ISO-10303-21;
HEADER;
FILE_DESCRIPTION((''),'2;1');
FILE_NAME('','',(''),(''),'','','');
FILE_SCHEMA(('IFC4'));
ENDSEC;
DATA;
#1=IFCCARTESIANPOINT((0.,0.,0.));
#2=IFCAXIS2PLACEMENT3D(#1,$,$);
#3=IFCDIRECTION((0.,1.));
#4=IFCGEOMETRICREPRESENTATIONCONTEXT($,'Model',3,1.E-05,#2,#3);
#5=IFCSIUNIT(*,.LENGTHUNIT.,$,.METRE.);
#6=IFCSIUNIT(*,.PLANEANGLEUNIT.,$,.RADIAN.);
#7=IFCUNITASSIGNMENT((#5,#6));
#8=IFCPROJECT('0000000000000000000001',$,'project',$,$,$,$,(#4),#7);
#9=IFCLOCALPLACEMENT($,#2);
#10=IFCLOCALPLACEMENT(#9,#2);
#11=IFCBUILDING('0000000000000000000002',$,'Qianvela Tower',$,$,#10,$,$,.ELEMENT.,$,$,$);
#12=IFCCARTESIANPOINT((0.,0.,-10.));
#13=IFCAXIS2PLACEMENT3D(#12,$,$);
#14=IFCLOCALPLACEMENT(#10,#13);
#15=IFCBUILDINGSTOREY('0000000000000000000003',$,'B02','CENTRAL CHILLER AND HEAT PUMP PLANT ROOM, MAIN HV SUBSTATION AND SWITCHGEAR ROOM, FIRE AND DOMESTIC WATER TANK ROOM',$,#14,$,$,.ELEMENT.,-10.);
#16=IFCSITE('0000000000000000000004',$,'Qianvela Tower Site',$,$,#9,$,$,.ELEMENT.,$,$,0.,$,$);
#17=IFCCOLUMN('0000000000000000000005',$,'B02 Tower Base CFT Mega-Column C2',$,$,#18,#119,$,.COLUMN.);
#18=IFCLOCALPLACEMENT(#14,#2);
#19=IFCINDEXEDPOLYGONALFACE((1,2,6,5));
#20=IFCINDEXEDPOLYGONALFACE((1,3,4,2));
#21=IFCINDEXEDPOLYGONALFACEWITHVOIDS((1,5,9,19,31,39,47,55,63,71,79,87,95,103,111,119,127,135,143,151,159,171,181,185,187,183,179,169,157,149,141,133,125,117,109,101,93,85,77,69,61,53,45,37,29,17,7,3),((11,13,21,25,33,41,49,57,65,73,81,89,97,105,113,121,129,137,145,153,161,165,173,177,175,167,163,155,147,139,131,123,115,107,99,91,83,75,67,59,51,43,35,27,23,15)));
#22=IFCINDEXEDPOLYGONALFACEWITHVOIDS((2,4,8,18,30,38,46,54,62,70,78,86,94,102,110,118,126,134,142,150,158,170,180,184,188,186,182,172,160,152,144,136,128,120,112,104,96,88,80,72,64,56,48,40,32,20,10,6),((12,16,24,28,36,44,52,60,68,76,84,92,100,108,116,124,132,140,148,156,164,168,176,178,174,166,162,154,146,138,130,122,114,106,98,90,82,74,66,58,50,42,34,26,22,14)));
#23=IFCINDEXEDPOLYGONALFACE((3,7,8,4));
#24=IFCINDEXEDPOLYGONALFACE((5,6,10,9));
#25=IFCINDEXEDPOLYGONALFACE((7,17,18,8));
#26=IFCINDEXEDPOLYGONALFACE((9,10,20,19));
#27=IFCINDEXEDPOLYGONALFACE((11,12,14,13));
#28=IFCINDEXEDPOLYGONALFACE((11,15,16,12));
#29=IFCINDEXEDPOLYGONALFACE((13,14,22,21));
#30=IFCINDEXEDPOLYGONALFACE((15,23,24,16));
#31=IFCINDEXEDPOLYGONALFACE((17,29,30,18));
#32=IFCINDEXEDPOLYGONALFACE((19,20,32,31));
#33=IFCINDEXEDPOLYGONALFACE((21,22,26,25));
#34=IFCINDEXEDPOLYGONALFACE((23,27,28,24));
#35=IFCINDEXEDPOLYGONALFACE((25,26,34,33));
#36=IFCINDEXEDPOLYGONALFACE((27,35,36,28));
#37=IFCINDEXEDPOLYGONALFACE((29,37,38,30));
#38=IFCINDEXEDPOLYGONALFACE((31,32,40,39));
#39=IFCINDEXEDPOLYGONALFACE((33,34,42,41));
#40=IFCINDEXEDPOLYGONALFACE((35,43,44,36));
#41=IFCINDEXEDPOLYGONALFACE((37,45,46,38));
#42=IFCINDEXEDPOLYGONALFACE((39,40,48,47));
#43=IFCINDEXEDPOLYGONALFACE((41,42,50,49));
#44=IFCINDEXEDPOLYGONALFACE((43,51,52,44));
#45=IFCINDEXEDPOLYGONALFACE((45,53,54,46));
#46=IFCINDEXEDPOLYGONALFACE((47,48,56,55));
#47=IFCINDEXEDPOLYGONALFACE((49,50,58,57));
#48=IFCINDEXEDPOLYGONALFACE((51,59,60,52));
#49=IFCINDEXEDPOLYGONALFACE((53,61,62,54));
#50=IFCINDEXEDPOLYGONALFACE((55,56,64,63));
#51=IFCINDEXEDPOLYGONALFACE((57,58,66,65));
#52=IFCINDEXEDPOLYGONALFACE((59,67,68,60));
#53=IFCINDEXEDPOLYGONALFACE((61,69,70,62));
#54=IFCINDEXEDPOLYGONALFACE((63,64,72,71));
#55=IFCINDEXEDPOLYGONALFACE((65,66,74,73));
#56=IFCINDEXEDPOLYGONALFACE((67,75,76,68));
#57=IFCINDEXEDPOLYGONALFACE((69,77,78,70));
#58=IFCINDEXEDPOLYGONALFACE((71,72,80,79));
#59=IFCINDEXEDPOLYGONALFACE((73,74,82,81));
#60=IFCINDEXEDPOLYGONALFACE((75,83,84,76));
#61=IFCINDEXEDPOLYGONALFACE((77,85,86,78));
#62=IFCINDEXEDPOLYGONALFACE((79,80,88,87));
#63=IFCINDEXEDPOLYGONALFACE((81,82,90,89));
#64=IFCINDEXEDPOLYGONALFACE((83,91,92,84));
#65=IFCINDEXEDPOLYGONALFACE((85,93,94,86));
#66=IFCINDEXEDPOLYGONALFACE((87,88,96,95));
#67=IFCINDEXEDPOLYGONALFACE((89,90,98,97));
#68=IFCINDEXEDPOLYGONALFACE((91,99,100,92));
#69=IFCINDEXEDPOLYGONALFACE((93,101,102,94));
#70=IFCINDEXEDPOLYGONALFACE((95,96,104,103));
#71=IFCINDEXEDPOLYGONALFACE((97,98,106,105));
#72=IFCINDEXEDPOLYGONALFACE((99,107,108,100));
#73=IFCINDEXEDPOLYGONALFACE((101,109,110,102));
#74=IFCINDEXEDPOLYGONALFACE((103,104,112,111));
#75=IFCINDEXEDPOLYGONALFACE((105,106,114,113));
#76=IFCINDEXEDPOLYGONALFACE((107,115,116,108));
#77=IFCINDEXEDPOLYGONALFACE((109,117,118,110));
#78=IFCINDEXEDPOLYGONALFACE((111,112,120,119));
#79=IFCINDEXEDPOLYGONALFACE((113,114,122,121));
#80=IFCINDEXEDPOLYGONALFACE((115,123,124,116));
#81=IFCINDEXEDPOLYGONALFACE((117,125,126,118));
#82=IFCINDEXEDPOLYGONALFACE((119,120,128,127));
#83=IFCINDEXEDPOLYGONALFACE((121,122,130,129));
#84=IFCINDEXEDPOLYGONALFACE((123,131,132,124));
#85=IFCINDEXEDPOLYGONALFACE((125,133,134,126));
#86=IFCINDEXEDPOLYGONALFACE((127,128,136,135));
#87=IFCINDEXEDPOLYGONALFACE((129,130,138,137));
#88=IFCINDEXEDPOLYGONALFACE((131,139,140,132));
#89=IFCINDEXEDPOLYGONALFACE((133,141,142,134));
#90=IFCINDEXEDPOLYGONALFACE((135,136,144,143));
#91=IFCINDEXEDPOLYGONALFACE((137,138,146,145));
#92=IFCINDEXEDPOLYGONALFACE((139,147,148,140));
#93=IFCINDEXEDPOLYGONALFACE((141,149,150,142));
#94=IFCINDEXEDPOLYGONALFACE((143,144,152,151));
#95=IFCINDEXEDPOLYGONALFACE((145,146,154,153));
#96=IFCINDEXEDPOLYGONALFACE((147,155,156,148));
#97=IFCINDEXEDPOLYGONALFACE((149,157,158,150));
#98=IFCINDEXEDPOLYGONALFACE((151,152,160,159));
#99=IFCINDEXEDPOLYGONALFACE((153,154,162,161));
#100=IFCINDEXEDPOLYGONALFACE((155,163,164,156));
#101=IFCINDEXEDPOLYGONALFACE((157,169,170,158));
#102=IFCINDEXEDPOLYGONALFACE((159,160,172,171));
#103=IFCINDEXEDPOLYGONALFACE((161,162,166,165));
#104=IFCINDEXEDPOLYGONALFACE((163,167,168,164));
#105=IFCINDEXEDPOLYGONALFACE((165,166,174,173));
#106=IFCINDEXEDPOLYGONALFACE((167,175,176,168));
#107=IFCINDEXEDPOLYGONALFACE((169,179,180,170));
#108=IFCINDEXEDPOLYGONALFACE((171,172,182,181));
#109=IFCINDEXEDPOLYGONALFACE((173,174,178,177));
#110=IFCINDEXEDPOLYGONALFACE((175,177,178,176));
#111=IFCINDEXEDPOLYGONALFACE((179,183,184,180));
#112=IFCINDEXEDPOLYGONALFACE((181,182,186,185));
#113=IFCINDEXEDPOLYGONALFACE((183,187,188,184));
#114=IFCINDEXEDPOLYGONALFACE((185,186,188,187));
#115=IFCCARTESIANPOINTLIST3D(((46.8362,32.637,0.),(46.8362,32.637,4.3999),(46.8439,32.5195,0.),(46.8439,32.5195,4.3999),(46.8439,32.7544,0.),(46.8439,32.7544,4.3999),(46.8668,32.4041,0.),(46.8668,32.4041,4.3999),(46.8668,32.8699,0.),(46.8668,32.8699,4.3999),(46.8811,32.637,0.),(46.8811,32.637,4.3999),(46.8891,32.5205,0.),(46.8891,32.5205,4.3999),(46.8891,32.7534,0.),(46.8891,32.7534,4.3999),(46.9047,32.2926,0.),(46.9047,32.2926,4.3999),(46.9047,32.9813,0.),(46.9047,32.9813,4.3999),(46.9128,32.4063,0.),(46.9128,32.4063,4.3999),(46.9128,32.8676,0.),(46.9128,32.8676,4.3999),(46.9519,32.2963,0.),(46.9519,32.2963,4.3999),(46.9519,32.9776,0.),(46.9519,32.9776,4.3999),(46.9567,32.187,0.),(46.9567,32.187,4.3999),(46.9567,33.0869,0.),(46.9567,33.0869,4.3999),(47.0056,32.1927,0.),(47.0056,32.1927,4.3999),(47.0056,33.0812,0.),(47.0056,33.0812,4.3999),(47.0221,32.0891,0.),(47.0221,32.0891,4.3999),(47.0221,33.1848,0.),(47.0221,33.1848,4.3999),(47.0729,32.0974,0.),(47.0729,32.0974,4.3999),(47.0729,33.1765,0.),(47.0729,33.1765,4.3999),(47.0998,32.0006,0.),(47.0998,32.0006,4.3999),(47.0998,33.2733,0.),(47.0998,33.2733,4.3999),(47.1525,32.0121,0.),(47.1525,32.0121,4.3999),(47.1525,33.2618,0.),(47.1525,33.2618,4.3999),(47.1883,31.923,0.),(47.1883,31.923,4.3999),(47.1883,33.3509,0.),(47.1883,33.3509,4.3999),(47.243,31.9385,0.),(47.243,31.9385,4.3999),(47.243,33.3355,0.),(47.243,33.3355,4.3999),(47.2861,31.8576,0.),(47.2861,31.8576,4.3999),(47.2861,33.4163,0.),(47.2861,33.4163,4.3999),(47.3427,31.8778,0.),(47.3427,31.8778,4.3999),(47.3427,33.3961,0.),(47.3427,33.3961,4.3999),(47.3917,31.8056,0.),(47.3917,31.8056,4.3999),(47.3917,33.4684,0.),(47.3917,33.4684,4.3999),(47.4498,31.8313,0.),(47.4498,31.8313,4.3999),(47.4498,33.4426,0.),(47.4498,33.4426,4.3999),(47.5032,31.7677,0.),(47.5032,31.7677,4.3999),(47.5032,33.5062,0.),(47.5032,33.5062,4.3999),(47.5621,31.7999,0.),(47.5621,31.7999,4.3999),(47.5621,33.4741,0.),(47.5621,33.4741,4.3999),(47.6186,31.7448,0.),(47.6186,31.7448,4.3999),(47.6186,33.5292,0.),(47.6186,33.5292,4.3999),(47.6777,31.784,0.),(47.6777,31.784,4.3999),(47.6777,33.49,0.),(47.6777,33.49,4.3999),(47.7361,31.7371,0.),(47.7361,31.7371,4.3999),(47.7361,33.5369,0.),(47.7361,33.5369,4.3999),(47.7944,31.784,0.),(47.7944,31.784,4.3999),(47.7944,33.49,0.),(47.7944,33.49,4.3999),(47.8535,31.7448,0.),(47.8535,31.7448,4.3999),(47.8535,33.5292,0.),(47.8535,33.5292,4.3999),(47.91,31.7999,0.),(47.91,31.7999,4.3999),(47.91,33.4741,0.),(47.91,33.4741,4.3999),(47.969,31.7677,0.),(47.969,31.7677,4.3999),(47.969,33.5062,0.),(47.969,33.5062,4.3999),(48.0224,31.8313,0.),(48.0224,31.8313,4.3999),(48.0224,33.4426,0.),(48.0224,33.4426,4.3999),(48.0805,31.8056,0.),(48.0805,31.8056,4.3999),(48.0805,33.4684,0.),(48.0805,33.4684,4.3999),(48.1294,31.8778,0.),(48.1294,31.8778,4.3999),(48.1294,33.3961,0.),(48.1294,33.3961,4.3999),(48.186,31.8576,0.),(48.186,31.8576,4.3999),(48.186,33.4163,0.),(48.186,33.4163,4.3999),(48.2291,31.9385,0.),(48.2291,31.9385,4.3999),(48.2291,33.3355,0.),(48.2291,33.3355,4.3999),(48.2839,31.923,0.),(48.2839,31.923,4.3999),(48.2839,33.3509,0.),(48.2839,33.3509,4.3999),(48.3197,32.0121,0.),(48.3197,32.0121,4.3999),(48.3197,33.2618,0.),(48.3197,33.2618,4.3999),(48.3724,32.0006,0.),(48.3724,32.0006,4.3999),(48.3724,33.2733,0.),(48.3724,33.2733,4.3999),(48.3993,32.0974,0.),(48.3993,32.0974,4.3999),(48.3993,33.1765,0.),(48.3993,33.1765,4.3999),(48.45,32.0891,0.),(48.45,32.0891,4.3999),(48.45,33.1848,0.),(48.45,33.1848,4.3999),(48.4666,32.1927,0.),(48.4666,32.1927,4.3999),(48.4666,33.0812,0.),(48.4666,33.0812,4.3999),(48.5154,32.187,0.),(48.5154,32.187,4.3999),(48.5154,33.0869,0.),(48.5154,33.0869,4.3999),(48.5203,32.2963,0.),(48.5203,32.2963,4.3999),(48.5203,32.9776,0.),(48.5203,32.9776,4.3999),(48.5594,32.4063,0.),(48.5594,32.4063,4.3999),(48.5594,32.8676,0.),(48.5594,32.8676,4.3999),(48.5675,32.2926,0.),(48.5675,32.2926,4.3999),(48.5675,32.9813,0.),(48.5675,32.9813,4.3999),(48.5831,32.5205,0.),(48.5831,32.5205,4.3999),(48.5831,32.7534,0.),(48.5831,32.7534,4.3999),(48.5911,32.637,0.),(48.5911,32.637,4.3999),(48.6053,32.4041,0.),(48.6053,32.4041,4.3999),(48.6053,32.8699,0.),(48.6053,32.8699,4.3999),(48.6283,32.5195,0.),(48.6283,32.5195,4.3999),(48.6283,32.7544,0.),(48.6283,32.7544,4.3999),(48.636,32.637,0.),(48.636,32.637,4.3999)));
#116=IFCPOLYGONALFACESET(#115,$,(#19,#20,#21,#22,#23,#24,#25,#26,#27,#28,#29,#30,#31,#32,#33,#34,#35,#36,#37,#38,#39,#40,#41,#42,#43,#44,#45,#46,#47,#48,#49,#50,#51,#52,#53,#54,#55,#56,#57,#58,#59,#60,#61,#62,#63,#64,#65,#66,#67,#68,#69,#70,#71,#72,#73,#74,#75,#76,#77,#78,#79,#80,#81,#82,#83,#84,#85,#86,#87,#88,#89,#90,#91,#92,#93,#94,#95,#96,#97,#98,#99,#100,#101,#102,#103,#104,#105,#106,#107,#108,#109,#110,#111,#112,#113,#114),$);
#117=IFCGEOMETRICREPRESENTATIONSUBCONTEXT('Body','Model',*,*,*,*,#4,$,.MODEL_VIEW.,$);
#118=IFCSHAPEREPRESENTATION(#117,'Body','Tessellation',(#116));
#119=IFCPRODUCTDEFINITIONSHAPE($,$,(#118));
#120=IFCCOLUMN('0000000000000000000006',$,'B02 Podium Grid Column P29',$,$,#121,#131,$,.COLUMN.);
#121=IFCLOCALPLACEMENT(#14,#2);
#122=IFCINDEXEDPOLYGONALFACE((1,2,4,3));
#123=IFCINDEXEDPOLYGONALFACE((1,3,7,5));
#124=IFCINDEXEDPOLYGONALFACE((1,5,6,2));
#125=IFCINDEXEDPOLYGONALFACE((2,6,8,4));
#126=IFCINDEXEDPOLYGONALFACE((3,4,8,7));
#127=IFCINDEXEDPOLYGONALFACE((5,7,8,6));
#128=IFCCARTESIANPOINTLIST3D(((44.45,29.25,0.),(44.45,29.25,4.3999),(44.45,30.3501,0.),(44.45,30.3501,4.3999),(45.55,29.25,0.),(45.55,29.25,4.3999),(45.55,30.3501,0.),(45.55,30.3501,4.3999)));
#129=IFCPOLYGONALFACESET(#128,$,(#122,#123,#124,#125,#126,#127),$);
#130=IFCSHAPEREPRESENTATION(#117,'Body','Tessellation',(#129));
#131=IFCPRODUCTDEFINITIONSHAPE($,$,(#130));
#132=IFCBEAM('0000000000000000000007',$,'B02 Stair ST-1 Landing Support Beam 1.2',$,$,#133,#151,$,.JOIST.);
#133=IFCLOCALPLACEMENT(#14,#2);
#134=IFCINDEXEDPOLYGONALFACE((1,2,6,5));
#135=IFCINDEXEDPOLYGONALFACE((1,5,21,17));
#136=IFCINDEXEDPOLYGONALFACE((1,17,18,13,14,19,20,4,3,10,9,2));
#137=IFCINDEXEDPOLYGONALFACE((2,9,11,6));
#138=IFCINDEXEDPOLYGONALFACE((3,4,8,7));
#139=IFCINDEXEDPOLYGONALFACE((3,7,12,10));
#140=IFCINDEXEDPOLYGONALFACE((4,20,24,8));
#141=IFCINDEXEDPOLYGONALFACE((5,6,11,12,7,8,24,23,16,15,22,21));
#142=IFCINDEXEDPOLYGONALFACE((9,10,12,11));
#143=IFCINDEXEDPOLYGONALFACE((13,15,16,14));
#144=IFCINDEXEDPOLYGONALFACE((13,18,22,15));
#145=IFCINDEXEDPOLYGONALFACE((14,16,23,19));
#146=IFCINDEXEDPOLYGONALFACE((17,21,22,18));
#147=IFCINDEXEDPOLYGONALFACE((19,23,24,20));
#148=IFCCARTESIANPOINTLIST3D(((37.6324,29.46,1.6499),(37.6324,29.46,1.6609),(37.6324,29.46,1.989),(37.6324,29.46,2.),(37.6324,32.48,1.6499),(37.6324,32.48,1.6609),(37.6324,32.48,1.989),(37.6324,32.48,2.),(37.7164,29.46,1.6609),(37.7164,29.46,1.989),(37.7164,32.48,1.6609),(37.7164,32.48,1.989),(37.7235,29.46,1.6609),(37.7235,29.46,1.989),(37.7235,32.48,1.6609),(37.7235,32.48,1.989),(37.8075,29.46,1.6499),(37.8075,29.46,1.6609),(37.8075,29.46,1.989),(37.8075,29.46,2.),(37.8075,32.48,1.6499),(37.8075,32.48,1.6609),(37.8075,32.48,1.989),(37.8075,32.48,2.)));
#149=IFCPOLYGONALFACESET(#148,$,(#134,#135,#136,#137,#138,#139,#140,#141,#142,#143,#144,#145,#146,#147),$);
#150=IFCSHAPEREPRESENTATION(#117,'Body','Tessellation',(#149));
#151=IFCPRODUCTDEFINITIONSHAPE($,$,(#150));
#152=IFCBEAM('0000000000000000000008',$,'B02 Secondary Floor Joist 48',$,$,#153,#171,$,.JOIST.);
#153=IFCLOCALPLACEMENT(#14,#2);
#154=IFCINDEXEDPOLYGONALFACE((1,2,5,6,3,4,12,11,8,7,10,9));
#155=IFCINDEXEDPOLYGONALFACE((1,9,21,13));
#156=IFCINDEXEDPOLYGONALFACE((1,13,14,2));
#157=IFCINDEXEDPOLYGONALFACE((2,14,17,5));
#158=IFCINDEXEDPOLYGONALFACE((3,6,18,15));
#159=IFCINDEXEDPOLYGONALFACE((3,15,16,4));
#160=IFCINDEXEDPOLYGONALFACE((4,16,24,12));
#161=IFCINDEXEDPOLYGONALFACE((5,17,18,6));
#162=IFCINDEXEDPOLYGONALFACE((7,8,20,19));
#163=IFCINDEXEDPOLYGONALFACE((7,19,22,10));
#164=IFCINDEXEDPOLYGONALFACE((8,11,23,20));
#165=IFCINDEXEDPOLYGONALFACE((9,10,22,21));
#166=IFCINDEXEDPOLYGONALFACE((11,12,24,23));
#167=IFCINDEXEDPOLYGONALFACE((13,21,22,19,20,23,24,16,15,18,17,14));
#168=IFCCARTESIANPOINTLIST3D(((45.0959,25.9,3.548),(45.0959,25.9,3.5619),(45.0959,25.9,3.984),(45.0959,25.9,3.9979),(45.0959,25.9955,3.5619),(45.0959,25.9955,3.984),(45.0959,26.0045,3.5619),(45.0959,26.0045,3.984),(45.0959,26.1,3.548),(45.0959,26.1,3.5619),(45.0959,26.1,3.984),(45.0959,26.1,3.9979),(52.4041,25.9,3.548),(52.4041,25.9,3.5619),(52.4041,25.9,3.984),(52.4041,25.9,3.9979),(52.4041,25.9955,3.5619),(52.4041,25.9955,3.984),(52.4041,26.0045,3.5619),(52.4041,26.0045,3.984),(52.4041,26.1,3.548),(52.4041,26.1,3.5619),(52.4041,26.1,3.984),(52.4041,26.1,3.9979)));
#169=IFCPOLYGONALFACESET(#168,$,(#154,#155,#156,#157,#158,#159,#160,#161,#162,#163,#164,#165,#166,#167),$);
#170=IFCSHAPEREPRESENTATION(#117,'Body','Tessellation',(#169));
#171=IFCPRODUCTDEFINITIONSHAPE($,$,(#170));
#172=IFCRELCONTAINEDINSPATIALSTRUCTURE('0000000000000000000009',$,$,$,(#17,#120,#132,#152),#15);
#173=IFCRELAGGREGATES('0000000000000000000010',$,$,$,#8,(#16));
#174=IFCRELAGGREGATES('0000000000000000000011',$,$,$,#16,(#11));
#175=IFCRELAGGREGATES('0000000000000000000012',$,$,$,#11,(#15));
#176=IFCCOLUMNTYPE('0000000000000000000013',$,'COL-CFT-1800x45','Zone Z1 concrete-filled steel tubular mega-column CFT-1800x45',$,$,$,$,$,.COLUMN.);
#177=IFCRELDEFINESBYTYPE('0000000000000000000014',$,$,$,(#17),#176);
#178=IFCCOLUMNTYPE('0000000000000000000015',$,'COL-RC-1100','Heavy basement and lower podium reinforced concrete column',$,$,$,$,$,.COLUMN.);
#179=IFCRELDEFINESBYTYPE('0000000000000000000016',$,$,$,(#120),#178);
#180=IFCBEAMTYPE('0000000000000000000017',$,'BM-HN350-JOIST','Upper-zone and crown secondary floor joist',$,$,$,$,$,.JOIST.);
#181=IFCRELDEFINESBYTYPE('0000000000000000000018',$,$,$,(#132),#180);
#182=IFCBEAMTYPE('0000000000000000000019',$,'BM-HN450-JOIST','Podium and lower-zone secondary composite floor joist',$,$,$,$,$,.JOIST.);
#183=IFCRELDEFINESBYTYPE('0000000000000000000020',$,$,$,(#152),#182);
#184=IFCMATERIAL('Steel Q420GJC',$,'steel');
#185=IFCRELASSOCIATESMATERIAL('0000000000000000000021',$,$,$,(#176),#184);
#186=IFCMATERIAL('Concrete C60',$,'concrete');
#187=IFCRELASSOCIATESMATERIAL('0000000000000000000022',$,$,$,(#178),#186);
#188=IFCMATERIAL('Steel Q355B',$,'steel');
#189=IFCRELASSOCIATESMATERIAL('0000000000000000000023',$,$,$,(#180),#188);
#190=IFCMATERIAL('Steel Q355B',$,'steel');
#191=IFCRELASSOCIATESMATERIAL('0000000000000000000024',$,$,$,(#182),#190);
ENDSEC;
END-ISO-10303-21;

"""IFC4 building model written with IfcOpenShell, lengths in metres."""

from ifc_helpers import new_model, si_unit, direction, frame, origin, origin_2d, place, context, subcontext, project, spatial, rectangle, hollow_circle, i_section, extrude, material, material_profile, profile_set, type_object, element, save


model = new_model("IFC4")

# Units and contexts
model_context = context("Model", 3, precision=1e-05, world=origin(), true_north=direction((0.0, 1.0)))
body_context = subcontext(model_context, "Body", "Model", "MODEL_VIEW")
ifc_project = project(units=[si_unit("LENGTHUNIT", "METRE"), si_unit("PLANEANGLEUNIT", "RADIAN")], contexts=[model_context])

# Site, building, storey
site_placement = place(None, origin())
site = spatial("IfcSite", under=ifc_project, at=site_placement, Name="Qianvela Tower Site", CompositionType="ELEMENT", RefElevation=0.0)
building_placement = place(site_placement, origin())
building = spatial("IfcBuilding", under=site, at=building_placement, Name="Qianvela Tower", CompositionType="ELEMENT")
storey_placement = place(building_placement, frame((0.0, 0.0, -10.0)))
storey = spatial("IfcBuildingStorey", under=building, at=storey_placement, Name="B02", Description="CENTRAL CHILLER AND HEAT PUMP PLANT ROOM, MAIN HV SUBSTATION AND SWITCHGEAR ROOM, FIRE AND DOMESTIC WATER TANK ROOM", CompositionType="ELEMENT", Elevation=-10.0)

# Columns
ifc_material_1 = material(Name="Steel Q420GJC", Category="steel")
ifc_material_profile_1 = material_profile(ifc_material_1, hollow_circle(Radius=0.8999, WallThickness=0.0449, at=origin_2d()), Name="CFT-1800x45")
ifc_profile_set_1 = profile_set([ifc_material_profile_1], Name="Steel Q420GJC")
column_type_1 = type_object("IfcColumnType", Name="COL-CFT-1800x45", Description="Zone Z1 concrete-filled steel tubular mega-column CFT-1800x45", PredefinedType="COLUMN", material=ifc_profile_set_1)
column_1_placement = place(storey_placement, frame((47.7361, 32.637, 0.0), z_axis=(0.0, 0.0, 1.0), x_axis=(1.0, 0.0, 0.0)))
element("IfcColumn", 1, at=column_1_placement, inside=storey, type_object=column_type_1, Name="B02 Tower Base CFT Mega-Column C2", PredefinedType="COLUMN", context=body_context, shape_type="SweptSolid", body=[
    extrude(hollow_circle(Radius=0.8999, WallThickness=0.0449, at=origin_2d()), origin(), (0.0, 0.0, 1.0), 4.3999),
])
ifc_material_2 = material(Name="Concrete C60", Category="concrete")
ifc_material_profile_2 = material_profile(ifc_material_2, rectangle(XDim=1.1001, YDim=1.1001, at=origin_2d()), Name="RC-COL-1100x1100")
ifc_profile_set_2 = profile_set([ifc_material_profile_2], Name="Concrete C60")
column_type_2 = type_object("IfcColumnType", Name="COL-RC-1100", Description="Heavy basement and lower podium reinforced concrete column", PredefinedType="COLUMN", material=ifc_profile_set_2)
column_2_placement = place(storey_placement, frame((45.0, 29.8, 0.0), z_axis=(0.0, 0.0, 1.0), x_axis=(1.0, 0.0, 0.0)))
element("IfcColumn", 2, at=column_2_placement, inside=storey, type_object=column_type_2, Name="B02 Podium Grid Column P29", PredefinedType="COLUMN", context=body_context, shape_type="SweptSolid", body=[
    extrude(rectangle(XDim=1.1001, YDim=1.1001, at=origin_2d()), origin(), (0.0, 0.0, 1.0), 4.3999),
])

# Beams
ifc_material_3 = material(Name="Steel Q355B", Category="steel")
ifc_material_profile_3 = material_profile(ifc_material_3, i_section(OverallWidth=0.175, OverallDepth=0.3501, WebThickness=0.0071, FlangeThickness=0.011, at=origin_2d()), Name="HN350x175x7x11")
ifc_profile_set_3 = profile_set([ifc_material_profile_3], Name="Steel Q355B")
beam_type_1 = type_object("IfcBeamType", Name="BM-HN350-JOIST", Description="Upper-zone and crown secondary floor joist", PredefinedType="JOIST", material=ifc_profile_set_3)
beam_1_placement = place(storey_placement, frame((37.72, 29.46, 1.825), z_axis=(0.0, 1.0, 0.0), x_axis=(-1.0, 0.0, 0.0)))
element("IfcBeam", 3, at=beam_1_placement, inside=storey, type_object=beam_type_1, Name="B02 Stair ST-1 Landing Support Beam 1.2", PredefinedType="JOIST", context=body_context, shape_type="SweptSolid", body=[
    extrude(i_section(OverallWidth=0.175, OverallDepth=0.3501, WebThickness=0.0071, FlangeThickness=0.011, at=origin_2d()), origin(), (0.0, 0.0, 1.0), 3.02),
])
ifc_material_4 = material(Name="Steel Q355B", Category="steel")
ifc_material_profile_4 = material_profile(ifc_material_4, i_section(OverallWidth=0.2, OverallDepth=0.45, WebThickness=0.009, FlangeThickness=0.0139, at=origin_2d()), Name="HN450x200x9x14")
ifc_profile_set_4 = profile_set([ifc_material_profile_4], Name="Steel Q355B")
beam_type_2 = type_object("IfcBeamType", Name="BM-HN450-JOIST", Description="Podium and lower-zone secondary composite floor joist", PredefinedType="JOIST", material=ifc_profile_set_4)
beam_2_placement = place(storey_placement, frame((45.0959, 26.0, 3.7729), z_axis=(1.0, 0.0, 0.0), x_axis=(0.0, 1.0, 0.0)))
element("IfcBeam", 4, at=beam_2_placement, inside=storey, type_object=beam_type_2, Name="B02 Secondary Floor Joist 48", PredefinedType="JOIST", context=body_context, shape_type="SweptSolid", body=[
    extrude(i_section(OverallWidth=0.2, OverallDepth=0.45, WebThickness=0.009, FlangeThickness=0.0139, at=origin_2d()), origin(), (0.0, 0.0, 1.0), 7.3081),
])

save(model, "model.ifc")
